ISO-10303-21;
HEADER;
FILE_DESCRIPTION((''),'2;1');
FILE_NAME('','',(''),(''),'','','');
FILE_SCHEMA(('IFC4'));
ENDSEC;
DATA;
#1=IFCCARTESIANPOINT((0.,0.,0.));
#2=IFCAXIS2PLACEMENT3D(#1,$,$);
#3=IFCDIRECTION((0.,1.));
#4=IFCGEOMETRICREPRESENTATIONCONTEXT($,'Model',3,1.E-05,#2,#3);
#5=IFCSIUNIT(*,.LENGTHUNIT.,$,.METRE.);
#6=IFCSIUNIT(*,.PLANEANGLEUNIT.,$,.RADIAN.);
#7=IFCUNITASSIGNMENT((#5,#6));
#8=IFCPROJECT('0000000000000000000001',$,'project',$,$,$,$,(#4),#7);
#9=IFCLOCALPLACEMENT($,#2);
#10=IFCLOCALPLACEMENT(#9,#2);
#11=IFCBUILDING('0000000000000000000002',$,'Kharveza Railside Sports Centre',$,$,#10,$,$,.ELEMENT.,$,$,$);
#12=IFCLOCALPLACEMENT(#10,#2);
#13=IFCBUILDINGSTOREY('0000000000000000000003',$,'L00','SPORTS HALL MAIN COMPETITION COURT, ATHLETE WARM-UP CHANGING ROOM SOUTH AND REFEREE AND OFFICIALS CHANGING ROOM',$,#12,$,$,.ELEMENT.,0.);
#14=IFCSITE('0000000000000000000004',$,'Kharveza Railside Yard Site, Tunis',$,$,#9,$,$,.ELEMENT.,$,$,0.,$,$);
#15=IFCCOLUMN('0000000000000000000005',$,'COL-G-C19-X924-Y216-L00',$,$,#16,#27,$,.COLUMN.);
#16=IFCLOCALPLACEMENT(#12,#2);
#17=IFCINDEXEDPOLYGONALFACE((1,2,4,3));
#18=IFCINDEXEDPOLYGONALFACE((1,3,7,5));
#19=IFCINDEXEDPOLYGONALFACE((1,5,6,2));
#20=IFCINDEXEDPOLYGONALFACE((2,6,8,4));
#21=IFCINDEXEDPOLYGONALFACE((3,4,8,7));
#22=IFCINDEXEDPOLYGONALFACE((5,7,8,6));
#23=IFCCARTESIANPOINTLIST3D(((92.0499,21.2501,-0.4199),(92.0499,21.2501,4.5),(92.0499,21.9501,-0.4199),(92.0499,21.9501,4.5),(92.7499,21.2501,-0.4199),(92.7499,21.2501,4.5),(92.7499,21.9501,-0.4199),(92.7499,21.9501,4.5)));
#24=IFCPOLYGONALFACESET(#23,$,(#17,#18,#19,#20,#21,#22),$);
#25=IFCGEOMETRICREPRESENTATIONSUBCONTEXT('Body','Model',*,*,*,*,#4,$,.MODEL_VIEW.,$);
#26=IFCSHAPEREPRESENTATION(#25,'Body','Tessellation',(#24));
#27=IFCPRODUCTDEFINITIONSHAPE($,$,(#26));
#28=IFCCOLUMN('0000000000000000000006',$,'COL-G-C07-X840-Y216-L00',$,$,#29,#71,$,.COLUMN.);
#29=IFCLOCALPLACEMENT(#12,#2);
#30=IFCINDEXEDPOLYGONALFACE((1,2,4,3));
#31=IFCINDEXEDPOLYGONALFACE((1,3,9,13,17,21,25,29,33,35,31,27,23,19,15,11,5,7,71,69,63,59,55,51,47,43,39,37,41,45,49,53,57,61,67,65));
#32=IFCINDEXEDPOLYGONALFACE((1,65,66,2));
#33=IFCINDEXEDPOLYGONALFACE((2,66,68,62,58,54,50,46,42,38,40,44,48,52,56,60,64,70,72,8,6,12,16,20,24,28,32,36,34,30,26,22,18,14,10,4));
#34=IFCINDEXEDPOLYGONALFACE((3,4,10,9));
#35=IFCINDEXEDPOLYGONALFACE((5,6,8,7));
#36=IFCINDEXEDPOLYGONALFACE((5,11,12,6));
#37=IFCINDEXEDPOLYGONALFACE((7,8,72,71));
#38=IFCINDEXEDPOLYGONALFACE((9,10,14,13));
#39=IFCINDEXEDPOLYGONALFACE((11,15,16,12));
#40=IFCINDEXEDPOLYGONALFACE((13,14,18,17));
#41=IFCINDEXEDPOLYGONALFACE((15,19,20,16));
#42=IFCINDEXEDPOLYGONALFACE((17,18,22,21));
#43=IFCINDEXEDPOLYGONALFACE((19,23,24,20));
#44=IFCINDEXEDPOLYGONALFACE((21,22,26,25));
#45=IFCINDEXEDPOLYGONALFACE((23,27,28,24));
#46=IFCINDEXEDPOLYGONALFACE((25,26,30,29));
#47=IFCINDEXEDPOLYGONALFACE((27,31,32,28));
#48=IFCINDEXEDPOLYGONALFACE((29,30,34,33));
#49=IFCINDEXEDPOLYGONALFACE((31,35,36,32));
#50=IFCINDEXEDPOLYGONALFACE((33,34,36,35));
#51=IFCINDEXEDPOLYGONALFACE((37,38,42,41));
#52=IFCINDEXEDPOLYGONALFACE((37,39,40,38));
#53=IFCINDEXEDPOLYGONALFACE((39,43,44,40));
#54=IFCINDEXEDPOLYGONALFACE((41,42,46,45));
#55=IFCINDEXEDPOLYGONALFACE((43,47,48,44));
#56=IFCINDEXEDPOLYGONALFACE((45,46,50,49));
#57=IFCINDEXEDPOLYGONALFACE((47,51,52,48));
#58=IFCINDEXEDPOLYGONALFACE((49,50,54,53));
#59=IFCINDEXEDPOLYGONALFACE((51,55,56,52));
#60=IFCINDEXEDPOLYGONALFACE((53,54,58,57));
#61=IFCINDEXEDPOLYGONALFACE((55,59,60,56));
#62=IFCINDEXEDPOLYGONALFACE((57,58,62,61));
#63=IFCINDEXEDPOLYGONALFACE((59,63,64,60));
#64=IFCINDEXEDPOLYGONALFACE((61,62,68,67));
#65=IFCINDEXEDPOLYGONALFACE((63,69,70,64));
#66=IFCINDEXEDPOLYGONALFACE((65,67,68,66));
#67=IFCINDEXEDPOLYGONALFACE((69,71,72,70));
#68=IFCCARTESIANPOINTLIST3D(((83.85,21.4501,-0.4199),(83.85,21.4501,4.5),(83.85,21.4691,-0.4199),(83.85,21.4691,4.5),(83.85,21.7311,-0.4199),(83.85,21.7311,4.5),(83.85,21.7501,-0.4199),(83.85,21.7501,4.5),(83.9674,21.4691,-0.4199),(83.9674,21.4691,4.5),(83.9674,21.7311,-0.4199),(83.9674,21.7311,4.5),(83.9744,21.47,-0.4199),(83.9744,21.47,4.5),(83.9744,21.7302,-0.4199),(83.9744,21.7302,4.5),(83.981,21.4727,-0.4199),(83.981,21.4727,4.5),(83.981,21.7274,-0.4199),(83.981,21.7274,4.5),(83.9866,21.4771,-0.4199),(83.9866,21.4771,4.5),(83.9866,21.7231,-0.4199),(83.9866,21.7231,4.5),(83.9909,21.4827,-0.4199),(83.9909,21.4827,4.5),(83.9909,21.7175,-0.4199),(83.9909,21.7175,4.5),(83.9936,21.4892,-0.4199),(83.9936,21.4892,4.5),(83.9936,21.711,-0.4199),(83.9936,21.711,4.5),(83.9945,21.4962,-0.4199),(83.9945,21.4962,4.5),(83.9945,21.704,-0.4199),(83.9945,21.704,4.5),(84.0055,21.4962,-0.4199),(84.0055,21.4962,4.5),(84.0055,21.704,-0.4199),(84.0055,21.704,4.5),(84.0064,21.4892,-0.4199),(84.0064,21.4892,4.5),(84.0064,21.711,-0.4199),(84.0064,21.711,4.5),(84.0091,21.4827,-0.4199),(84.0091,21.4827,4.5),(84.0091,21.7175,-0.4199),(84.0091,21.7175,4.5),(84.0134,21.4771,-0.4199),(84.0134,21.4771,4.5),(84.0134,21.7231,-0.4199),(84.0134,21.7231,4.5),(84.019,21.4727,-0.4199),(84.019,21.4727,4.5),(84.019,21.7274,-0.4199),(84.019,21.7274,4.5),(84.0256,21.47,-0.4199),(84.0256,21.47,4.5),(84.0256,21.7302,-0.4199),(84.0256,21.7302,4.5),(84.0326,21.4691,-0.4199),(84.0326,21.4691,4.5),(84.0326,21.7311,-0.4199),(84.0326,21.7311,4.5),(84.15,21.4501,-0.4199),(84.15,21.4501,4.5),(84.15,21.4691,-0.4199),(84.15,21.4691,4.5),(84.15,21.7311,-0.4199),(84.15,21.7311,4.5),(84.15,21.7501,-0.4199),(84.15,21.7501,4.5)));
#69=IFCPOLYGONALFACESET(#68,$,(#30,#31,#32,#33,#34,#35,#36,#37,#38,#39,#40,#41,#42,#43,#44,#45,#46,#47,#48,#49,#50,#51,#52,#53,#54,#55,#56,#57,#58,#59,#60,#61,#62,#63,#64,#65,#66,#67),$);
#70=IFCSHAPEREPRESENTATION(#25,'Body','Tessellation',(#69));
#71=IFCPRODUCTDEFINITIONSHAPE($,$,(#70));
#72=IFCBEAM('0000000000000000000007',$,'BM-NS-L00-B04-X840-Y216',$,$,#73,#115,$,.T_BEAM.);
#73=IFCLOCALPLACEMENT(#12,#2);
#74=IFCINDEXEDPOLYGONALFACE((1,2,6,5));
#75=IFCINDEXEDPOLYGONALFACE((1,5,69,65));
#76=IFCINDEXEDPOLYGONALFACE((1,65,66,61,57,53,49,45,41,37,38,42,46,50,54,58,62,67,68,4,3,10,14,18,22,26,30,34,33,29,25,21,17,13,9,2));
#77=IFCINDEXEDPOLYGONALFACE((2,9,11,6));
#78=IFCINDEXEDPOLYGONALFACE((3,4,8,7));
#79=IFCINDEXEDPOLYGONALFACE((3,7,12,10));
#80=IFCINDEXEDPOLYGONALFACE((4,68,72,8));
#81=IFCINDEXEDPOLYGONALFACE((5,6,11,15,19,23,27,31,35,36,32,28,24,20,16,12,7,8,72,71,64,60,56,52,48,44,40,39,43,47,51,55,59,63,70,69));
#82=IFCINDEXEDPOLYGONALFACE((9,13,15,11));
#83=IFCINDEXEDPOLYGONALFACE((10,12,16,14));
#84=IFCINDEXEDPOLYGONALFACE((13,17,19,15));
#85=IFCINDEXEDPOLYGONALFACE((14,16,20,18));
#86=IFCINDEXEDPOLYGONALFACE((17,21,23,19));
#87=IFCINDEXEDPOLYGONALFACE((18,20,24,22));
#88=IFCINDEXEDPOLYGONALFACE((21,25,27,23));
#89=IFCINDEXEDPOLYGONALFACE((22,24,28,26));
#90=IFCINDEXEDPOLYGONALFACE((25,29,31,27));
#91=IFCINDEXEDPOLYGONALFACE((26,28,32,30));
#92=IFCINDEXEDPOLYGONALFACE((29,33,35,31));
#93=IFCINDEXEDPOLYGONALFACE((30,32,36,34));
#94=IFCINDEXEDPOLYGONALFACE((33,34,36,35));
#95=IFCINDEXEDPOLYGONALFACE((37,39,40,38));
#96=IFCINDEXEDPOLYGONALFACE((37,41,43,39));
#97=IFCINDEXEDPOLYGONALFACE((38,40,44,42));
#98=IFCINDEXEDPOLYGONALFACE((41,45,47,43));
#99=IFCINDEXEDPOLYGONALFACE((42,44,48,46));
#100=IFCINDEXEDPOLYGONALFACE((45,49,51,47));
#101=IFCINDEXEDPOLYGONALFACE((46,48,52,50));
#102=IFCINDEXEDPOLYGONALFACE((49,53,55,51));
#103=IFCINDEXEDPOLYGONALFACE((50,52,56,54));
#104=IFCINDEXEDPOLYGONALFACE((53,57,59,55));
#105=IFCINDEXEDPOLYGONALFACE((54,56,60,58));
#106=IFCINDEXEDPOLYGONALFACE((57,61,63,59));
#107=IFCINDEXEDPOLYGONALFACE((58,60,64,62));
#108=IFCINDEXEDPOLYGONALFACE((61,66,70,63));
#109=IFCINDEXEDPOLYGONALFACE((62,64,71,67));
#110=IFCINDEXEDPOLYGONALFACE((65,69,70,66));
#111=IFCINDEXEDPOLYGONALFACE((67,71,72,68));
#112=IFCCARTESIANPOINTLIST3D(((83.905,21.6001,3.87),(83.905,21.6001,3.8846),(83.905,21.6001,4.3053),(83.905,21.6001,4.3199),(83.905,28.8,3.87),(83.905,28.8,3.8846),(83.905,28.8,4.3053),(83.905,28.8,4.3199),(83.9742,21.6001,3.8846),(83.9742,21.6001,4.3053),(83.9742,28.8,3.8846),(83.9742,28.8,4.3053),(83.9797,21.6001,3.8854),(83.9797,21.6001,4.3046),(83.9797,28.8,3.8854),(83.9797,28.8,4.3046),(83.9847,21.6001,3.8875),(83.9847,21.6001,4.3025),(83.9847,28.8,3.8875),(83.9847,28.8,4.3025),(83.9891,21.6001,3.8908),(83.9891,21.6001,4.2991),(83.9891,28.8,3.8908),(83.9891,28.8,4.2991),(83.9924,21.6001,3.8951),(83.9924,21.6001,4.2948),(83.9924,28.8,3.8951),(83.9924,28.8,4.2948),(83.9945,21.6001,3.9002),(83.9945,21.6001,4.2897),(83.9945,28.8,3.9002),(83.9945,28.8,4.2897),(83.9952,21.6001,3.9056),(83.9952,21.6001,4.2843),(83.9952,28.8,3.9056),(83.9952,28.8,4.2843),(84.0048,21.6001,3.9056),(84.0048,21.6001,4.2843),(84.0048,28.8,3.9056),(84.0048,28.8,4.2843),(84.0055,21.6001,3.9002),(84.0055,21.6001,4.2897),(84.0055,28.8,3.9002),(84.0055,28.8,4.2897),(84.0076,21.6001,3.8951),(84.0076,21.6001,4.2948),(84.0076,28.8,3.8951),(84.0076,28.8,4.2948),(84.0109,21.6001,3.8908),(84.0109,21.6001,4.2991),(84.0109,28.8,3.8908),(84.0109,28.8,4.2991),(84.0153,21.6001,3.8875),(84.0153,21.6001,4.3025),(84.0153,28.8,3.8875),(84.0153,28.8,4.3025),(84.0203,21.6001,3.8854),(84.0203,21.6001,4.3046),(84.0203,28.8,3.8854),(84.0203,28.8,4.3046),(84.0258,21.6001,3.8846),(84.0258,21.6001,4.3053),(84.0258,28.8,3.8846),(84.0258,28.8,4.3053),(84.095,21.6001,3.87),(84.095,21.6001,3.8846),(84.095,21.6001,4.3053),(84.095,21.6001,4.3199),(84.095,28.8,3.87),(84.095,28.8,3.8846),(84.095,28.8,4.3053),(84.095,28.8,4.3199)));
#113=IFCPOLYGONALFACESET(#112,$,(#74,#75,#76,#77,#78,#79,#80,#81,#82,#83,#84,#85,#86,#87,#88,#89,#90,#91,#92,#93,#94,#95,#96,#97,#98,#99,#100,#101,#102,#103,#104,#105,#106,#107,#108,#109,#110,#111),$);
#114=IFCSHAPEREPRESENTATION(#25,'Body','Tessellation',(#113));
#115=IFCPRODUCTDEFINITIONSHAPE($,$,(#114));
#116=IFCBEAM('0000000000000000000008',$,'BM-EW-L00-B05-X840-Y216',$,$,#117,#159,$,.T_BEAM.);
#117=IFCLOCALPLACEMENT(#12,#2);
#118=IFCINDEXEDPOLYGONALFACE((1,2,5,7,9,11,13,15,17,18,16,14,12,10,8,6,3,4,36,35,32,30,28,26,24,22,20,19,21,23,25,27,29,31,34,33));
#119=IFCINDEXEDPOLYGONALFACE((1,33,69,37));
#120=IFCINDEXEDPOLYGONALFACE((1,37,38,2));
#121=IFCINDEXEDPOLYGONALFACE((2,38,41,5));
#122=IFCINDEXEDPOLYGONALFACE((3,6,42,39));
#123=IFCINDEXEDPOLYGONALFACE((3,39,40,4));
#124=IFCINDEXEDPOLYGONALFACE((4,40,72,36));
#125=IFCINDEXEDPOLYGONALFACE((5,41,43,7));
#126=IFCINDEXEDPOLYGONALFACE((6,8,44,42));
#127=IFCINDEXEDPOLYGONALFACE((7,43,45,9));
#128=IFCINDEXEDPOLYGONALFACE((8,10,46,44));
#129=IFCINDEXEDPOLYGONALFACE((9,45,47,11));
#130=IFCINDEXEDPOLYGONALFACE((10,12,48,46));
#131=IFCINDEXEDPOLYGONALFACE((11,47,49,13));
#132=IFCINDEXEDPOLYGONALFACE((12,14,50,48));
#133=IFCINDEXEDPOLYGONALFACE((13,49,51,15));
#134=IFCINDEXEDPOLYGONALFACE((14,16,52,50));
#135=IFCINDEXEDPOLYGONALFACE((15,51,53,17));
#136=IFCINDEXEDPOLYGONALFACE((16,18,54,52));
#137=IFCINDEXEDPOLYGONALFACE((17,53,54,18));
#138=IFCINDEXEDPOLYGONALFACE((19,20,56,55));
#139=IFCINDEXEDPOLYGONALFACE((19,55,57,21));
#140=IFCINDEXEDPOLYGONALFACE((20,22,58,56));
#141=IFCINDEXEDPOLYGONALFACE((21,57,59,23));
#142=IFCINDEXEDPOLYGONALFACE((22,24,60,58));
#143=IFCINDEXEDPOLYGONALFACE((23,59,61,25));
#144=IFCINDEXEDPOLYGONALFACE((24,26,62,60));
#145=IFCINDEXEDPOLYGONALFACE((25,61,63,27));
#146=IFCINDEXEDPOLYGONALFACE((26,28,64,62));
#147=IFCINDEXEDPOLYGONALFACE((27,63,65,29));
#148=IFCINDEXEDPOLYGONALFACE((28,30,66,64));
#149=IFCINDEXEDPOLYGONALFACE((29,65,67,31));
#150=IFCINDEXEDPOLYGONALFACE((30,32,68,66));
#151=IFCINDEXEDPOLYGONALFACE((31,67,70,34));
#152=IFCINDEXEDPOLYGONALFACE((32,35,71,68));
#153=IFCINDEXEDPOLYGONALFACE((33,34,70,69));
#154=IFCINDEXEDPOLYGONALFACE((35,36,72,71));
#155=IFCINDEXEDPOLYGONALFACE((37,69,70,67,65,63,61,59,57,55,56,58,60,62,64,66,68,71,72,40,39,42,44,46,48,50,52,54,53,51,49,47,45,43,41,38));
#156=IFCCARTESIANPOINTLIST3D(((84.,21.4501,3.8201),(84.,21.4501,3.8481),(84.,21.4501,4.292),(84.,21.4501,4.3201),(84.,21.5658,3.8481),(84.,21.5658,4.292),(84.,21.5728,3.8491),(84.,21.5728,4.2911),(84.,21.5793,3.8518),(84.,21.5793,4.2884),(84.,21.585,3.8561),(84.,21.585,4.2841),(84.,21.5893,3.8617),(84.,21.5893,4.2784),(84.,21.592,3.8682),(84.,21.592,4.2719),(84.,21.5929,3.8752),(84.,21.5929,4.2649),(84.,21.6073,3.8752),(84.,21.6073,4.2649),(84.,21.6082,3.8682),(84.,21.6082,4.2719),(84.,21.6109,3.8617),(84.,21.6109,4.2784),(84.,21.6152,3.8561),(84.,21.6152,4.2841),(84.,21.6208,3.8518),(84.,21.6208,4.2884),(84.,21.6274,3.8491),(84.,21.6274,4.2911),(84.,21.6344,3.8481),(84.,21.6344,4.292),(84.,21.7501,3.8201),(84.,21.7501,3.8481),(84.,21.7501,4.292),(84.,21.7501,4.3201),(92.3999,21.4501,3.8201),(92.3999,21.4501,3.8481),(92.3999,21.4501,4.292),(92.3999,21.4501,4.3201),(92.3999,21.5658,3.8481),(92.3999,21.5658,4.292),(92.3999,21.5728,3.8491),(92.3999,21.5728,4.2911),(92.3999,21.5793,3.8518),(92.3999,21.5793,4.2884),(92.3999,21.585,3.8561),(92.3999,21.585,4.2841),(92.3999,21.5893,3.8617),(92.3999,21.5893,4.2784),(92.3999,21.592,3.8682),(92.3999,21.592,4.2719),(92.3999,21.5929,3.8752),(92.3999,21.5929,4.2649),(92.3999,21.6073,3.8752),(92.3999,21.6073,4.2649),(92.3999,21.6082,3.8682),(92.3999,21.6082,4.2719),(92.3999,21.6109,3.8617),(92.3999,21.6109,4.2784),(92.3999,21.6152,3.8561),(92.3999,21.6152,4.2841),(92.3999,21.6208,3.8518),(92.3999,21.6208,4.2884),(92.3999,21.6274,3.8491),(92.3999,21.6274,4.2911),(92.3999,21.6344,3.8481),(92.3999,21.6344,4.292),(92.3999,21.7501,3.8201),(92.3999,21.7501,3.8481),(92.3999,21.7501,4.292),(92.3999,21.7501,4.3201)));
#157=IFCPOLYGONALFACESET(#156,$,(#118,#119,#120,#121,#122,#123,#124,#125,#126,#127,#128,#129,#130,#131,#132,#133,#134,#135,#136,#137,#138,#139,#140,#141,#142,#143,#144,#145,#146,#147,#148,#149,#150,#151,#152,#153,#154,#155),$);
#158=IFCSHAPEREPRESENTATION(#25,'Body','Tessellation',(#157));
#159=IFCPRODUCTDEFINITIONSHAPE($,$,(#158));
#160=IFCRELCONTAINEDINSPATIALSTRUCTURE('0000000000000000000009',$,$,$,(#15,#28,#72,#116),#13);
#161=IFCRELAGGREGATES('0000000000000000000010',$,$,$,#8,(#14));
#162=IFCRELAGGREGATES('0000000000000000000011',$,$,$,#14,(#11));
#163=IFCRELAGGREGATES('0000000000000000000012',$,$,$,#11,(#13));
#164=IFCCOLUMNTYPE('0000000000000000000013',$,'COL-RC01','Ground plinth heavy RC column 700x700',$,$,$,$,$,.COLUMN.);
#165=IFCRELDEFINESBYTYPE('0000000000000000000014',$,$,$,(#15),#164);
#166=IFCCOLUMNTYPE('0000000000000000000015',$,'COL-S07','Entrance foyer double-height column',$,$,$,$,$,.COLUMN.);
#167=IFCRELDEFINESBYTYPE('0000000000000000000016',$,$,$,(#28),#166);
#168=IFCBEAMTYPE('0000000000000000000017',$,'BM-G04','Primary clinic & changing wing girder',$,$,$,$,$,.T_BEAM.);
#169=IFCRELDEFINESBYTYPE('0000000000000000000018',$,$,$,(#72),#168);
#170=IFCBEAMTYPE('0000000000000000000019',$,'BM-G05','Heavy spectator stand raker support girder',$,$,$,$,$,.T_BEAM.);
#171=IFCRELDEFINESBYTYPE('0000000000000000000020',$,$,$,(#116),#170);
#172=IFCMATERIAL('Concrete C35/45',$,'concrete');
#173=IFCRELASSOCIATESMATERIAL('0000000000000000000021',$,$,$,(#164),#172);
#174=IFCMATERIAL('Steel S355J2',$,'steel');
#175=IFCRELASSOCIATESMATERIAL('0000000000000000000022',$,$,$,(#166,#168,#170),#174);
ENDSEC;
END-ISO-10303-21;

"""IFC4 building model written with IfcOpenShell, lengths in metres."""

from ifc_helpers import new_model, si_unit, direction, frame, origin, origin_2d, place, context, subcontext, project, spatial, rectangle, i_section, extrude, material, material_profile, profile_set, type_object, element, save


model = new_model("IFC4")

# Units and contexts
model_context = context("Model", 3, precision=1e-05, world=origin(), true_north=direction((0.0, 1.0)))
body_context = subcontext(model_context, "Body", "Model", "MODEL_VIEW")
ifc_project = project(units=[si_unit("LENGTHUNIT", "METRE"), si_unit("PLANEANGLEUNIT", "RADIAN")], contexts=[model_context])

# Site, building, storey
site_placement = place(None, origin())
site = spatial("IfcSite", under=ifc_project, at=site_placement, Name="Kharveza Railside Yard Site, Tunis", CompositionType="ELEMENT", RefElevation=0.0)
building_placement = place(site_placement, origin())
building = spatial("IfcBuilding", under=site, at=building_placement, Name="Kharveza Railside Sports Centre", CompositionType="ELEMENT")
storey_placement = place(building_placement, origin())
storey = spatial("IfcBuildingStorey", under=building, at=storey_placement, Name="L00", Description="SPORTS HALL MAIN COMPETITION COURT, ATHLETE WARM-UP CHANGING ROOM SOUTH AND REFEREE AND OFFICIALS CHANGING ROOM", CompositionType="ELEMENT", Elevation=0.0)

# Shared definitions
ifc_material_1 = material(Name="Concrete C35/45", Category="concrete")

# Columns
ifc_material_profile_1 = material_profile(ifc_material_1, rectangle(XDim=0.7, YDim=0.7, at=origin_2d()), Name="RC 700x700")
ifc_profile_set_1 = profile_set([ifc_material_profile_1], Name="Concrete C35/45")
column_type_1 = type_object("IfcColumnType", Name="COL-RC01", Description="Ground plinth heavy RC column 700x700", PredefinedType="COLUMN", material=ifc_profile_set_1)
column_1_placement = place(storey_placement, frame((92.3999, 21.6001, -0.4199), z_axis=(0.0, 0.0, 1.0), x_axis=(1.0, 0.0, 0.0)))
element("IfcColumn", 1, at=column_1_placement, inside=storey, type_object=column_type_1, Name="COL-G-C19-X924-Y216-L00", PredefinedType="COLUMN", context=body_context, shape_type="SweptSolid", body=[
    extrude(rectangle(XDim=0.7, YDim=0.7, at=origin_2d()), origin(), (0.0, 0.0, 1.0), 4.9199),
])
ifc_material_2 = material(Name="Steel S355J2", Category="steel")
ifc_material_profile_2 = material_profile(ifc_material_2, i_section(OverallWidth=0.3, OverallDepth=0.3, WebThickness=0.011, FlangeThickness=0.019, FilletRadius=0.0271, at=origin_2d()), Name="HEB 300")
ifc_profile_set_2 = profile_set([ifc_material_profile_2], Name="Steel S355J2")
column_type_2 = type_object("IfcColumnType", Name="COL-S07", Description="Entrance foyer double-height column", PredefinedType="COLUMN", material=ifc_profile_set_2)
column_2_placement = place(storey_placement, frame((84.0, 21.6001, -0.4199), z_axis=(0.0, 0.0, 1.0), x_axis=(1.0, 0.0, 0.0)))
element("IfcColumn", 2, at=column_2_placement, inside=storey, type_object=column_type_2, Name="COL-G-C07-X840-Y216-L00", PredefinedType="COLUMN", context=body_context, shape_type="SweptSolid", body=[
    extrude(i_section(OverallWidth=0.3, OverallDepth=0.3, WebThickness=0.011, FlangeThickness=0.019, FilletRadius=0.0271, at=origin_2d()), origin(), (0.0, 0.0, 1.0), 4.9199),
])

# Beams
ifc_material_profile_3 = material_profile(ifc_material_2, i_section(OverallWidth=0.1899, OverallDepth=0.45, WebThickness=0.0095, FlangeThickness=0.0146, FilletRadius=0.021, at=origin_2d()), Name="IPE 450")
ifc_profile_set_3 = profile_set([ifc_material_profile_3], Name="Steel S355J2")
beam_type_1 = type_object("IfcBeamType", Name="BM-G04", Description="Primary clinic & changing wing girder", PredefinedType="T_BEAM", material=ifc_profile_set_3)
beam_1_placement = place(storey_placement, frame((84.0, 21.6001, 4.095), z_axis=(0.0, 1.0, 0.0), x_axis=(-1.0, 0.0, 0.0)))
element("IfcBeam", 3, at=beam_1_placement, inside=storey, type_object=beam_type_1, Name="BM-NS-L00-B04-X840-Y216", PredefinedType="T_BEAM", context=body_context, shape_type="SweptSolid", body=[
    extrude(i_section(OverallWidth=0.1899, OverallDepth=0.45, WebThickness=0.0095, FlangeThickness=0.0146, FilletRadius=0.021, at=origin_2d()), origin(), (0.0, 0.0, 1.0), 7.2),
])
ifc_material_profile_4 = material_profile(ifc_material_2, i_section(OverallWidth=0.3, OverallDepth=0.5, WebThickness=0.0144, FlangeThickness=0.0281, FilletRadius=0.0271, at=origin_2d()), Name="HEB 500")
ifc_profile_set_4 = profile_set([ifc_material_profile_4], Name="Steel S355J2")
beam_type_2 = type_object("IfcBeamType", Name="BM-G05", Description="Heavy spectator stand raker support girder", PredefinedType="T_BEAM", material=ifc_profile_set_4)
beam_2_placement = place(storey_placement, frame((84.0, 21.6001, 4.0701), z_axis=(1.0, 0.0, 0.0), x_axis=(0.0, 1.0, 0.0)))
element("IfcBeam", 4, at=beam_2_placement, inside=storey, type_object=beam_type_2, Name="BM-EW-L00-B05-X840-Y216", PredefinedType="T_BEAM", context=body_context, shape_type="SweptSolid", body=[
    extrude(i_section(OverallWidth=0.3, OverallDepth=0.5, WebThickness=0.0144, FlangeThickness=0.0281, FilletRadius=0.0271, at=origin_2d()), origin(), (0.0, 0.0, 1.0), 8.3999),
])

save(model, "model.ifc")
